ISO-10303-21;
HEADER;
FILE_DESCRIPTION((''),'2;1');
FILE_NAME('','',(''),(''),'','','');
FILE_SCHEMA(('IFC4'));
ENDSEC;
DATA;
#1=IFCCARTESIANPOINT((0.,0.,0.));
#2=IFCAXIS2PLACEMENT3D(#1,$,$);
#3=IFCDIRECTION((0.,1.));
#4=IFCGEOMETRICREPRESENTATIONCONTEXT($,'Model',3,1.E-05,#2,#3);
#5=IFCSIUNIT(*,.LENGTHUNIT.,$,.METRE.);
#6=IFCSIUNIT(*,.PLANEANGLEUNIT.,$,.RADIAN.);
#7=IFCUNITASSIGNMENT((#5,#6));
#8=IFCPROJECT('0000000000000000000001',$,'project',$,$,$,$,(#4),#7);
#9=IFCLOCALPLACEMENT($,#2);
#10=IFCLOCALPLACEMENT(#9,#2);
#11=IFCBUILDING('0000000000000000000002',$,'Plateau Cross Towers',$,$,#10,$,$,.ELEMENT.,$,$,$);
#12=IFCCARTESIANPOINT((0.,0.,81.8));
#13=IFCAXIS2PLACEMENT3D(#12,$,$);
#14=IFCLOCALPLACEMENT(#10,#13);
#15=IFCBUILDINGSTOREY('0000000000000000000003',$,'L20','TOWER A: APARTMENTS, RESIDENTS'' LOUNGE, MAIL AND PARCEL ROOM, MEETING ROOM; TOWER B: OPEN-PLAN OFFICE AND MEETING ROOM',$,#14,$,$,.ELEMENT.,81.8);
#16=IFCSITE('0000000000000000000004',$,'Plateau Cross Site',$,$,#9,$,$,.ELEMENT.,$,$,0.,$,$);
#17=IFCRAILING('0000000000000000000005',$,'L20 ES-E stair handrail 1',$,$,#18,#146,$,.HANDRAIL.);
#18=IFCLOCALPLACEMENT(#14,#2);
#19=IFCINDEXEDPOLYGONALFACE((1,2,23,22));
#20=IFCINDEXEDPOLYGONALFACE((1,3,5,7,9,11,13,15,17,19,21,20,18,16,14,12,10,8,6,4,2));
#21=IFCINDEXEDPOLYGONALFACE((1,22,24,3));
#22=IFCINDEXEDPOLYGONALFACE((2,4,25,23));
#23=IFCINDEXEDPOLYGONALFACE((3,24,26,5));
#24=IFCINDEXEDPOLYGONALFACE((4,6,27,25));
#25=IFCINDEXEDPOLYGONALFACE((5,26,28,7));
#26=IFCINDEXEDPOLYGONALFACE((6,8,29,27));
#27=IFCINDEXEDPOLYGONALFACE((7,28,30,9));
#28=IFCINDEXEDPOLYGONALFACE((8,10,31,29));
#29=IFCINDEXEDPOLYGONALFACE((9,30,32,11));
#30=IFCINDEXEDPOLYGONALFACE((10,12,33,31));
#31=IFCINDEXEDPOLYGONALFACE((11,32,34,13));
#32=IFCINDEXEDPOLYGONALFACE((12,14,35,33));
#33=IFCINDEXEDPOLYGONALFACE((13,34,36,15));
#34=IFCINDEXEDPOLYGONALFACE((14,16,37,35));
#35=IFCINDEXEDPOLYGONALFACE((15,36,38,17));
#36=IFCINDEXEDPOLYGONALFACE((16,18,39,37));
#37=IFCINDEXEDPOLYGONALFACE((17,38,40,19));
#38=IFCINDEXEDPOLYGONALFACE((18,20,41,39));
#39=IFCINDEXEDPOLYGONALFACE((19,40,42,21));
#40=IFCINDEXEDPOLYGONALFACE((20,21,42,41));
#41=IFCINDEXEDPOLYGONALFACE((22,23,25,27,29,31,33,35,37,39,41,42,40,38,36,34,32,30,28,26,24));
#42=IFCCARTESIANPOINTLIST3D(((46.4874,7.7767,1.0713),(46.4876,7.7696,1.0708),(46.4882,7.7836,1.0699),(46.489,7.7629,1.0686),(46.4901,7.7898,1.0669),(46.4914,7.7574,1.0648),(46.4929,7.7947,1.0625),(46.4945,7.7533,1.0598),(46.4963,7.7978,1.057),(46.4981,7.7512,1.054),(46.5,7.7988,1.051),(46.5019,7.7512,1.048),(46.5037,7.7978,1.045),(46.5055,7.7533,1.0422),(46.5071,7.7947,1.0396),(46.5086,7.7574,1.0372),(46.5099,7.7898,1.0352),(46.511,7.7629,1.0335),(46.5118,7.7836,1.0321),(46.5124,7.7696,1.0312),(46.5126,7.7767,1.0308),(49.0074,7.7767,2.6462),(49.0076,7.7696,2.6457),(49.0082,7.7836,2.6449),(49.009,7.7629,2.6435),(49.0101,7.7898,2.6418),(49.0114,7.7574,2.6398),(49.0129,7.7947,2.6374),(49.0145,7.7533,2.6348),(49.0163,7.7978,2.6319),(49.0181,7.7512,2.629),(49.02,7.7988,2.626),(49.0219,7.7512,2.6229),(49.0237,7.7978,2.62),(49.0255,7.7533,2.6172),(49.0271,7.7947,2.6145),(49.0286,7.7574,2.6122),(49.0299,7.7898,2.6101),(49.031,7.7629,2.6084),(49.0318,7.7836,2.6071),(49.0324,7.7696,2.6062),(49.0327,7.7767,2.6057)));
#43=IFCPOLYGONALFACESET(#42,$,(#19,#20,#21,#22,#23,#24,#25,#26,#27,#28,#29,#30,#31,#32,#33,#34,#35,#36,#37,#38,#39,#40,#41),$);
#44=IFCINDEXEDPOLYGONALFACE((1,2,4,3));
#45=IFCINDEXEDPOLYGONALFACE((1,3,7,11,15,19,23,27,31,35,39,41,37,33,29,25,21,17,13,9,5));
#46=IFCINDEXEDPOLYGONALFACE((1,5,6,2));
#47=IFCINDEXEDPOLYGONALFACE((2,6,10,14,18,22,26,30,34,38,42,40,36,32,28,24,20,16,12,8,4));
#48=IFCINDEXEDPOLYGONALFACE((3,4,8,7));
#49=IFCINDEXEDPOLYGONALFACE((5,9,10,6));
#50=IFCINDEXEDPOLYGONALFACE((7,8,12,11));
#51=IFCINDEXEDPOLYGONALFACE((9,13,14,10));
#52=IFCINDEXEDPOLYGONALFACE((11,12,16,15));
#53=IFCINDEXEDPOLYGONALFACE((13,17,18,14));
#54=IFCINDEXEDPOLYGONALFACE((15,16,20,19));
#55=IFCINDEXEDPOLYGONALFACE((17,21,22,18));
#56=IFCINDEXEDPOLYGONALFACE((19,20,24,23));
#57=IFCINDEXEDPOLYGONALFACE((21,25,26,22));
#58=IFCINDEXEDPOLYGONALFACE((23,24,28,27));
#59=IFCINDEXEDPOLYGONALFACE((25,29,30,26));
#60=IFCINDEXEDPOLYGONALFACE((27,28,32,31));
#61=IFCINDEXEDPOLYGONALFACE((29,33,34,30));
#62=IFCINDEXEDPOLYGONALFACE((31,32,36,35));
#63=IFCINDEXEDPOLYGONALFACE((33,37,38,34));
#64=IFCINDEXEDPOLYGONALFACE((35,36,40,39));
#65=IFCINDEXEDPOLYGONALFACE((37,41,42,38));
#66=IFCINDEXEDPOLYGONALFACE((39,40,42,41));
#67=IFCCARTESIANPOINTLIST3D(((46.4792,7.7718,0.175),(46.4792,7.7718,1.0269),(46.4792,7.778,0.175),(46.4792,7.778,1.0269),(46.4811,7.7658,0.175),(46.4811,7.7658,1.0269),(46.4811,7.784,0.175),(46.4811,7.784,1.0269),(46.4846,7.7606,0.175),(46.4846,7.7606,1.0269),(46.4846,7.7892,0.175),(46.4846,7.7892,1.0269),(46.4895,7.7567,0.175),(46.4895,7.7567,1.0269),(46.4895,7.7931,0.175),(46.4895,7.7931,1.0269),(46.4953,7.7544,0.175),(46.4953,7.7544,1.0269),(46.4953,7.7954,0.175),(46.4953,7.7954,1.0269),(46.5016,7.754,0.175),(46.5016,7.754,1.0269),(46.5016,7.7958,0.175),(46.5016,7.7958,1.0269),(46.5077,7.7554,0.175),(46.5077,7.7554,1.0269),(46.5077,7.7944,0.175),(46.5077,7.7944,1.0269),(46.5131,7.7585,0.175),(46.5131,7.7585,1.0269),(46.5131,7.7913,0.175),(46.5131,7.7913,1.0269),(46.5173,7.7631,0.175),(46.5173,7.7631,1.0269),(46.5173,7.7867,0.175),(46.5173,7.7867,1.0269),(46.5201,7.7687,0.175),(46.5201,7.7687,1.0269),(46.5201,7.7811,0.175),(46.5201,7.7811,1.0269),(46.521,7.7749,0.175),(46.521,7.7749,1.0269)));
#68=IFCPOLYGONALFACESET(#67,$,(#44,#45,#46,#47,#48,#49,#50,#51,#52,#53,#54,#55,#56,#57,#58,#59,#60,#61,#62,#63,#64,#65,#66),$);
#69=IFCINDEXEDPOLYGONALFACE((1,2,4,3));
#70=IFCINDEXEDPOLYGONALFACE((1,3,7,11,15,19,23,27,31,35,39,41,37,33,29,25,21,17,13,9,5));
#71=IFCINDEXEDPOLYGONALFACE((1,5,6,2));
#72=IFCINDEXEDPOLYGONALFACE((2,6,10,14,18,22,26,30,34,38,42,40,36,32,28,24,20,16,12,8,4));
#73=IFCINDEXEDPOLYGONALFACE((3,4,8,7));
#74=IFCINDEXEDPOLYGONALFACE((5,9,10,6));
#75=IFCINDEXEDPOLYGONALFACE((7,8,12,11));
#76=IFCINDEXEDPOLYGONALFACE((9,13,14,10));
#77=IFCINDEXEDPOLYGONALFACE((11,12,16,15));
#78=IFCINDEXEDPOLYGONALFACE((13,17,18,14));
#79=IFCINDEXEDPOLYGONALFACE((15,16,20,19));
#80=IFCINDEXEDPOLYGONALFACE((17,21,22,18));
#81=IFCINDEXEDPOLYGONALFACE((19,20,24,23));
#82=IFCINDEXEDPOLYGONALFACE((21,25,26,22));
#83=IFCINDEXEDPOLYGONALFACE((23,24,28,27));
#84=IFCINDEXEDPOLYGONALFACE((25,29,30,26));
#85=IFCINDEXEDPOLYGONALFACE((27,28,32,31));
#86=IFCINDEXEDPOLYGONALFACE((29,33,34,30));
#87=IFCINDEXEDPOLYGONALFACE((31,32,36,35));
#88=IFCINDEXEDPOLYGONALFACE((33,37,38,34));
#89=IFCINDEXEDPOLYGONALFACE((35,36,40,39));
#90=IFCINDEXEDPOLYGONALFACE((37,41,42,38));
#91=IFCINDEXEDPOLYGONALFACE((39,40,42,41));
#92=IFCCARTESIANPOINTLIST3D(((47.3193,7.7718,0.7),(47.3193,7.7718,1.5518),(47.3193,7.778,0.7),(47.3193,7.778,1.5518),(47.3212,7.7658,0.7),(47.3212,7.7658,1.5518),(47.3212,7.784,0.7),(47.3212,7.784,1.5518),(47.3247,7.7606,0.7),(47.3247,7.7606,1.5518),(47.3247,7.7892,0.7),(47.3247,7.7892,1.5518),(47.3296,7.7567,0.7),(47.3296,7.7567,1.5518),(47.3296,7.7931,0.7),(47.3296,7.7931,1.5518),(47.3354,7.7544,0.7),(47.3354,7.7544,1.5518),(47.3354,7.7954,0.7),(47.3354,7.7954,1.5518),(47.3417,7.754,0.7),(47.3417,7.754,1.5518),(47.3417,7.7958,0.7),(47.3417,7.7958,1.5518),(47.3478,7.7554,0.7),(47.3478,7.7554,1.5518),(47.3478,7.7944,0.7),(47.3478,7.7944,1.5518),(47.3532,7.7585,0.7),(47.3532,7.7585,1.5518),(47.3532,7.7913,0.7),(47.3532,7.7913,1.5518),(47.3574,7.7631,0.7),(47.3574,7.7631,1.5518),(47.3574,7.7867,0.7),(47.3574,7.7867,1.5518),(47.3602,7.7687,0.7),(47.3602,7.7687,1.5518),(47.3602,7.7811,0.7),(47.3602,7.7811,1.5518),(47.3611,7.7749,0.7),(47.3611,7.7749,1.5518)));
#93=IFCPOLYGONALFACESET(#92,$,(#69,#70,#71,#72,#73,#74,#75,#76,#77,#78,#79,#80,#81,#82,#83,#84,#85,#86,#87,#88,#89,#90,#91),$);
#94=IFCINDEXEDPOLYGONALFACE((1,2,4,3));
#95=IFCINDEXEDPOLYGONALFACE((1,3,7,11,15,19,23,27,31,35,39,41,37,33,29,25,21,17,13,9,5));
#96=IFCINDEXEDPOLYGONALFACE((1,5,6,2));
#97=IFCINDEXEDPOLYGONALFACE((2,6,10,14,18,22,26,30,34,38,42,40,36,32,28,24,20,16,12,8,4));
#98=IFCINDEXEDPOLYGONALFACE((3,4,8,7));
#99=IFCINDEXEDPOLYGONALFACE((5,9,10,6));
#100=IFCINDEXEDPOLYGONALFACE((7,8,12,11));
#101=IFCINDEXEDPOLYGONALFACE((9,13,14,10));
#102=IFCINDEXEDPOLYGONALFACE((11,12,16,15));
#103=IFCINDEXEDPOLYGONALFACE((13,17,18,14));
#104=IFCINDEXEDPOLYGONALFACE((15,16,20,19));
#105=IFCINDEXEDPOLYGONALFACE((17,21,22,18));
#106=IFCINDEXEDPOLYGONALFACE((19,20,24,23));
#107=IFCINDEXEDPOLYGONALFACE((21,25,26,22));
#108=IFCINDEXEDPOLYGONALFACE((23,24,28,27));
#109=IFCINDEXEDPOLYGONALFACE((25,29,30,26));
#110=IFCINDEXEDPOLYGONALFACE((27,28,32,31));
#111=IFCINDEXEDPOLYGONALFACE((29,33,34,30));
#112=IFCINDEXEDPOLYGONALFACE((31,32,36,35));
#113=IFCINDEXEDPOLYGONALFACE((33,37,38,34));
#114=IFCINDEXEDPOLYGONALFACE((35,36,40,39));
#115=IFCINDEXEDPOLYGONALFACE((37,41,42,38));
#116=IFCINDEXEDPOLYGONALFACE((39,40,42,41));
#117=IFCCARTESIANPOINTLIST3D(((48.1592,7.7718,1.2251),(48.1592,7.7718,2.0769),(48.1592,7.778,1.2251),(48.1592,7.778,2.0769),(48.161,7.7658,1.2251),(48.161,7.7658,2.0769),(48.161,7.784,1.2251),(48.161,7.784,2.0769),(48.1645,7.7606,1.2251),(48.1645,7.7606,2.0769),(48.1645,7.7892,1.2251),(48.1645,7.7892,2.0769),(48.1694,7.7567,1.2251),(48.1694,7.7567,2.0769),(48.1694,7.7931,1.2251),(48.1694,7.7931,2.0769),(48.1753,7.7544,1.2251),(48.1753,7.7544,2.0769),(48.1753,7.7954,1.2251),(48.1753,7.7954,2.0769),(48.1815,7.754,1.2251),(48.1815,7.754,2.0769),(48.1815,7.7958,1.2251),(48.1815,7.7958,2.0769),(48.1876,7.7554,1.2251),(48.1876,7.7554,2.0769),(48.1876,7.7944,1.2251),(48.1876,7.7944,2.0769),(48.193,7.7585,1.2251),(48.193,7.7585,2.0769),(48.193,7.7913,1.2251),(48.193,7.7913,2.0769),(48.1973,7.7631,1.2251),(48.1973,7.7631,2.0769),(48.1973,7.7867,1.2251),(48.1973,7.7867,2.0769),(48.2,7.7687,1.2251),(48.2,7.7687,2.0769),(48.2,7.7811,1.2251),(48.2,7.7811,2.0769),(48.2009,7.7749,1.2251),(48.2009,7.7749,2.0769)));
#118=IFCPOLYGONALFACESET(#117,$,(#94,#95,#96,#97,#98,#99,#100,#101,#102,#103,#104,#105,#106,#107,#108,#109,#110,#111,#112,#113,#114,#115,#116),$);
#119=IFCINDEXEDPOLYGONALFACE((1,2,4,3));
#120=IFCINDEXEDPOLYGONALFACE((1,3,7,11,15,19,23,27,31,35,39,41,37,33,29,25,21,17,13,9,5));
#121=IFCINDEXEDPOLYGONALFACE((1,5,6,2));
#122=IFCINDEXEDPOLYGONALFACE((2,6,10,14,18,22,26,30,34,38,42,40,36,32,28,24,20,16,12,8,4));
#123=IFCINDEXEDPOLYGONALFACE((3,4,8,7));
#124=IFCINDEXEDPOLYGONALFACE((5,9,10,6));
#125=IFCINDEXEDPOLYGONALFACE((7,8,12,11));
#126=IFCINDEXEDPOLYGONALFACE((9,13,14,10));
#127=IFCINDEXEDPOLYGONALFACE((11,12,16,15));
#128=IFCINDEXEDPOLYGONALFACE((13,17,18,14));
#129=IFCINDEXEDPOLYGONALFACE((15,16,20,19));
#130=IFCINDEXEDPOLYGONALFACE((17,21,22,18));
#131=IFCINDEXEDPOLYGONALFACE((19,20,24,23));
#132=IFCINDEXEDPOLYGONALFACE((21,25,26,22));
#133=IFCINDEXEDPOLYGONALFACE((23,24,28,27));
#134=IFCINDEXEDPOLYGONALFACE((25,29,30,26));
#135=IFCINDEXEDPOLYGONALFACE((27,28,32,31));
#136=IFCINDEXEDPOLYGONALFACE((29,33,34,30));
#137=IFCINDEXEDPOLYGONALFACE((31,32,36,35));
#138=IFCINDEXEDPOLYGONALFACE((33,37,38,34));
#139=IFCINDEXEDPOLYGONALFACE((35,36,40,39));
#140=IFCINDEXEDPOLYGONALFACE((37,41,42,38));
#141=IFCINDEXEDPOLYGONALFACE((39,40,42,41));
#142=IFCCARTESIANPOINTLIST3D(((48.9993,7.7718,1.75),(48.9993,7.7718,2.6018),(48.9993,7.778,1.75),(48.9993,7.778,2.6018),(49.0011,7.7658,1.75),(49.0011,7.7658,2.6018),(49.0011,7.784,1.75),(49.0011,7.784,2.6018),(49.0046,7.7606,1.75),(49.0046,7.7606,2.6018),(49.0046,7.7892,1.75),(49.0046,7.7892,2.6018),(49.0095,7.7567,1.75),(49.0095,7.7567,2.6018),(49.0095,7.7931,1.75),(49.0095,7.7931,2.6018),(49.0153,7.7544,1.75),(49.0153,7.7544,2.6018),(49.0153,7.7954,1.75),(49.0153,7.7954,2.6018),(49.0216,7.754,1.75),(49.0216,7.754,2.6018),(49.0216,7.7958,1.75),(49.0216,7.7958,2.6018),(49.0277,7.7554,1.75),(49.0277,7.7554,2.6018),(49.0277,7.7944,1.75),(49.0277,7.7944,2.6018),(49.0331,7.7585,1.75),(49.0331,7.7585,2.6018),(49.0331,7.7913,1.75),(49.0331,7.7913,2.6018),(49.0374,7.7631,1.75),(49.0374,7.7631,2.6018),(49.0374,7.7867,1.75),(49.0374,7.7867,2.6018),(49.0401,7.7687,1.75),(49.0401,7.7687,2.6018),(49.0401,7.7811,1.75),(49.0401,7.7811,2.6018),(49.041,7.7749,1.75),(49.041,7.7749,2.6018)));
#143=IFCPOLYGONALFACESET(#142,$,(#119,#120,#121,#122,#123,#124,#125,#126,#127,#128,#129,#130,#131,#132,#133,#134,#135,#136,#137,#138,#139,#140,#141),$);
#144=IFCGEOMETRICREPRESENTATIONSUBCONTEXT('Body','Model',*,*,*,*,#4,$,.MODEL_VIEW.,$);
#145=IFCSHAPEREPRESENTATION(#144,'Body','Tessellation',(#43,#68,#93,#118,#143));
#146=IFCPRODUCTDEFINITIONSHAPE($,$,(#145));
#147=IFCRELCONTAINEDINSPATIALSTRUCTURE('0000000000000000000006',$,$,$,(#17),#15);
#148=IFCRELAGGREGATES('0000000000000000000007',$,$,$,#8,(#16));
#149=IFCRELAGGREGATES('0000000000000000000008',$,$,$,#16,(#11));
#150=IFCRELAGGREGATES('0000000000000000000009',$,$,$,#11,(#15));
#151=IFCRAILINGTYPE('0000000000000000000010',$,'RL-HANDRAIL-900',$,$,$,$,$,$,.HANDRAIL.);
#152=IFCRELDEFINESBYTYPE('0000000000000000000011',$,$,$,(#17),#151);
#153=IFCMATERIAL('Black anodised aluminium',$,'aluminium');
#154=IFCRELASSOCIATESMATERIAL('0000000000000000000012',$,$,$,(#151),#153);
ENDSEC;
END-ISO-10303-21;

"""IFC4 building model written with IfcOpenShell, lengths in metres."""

from ifc_helpers import new_model, si_unit, direction, frame, origin, origin_2d, place, context, subcontext, project, spatial, circle, extrude, material, type_object, element, save


model = new_model("IFC4")

# Units and contexts
model_context = context("Model", 3, precision=1e-05, world=origin(), true_north=direction((0.0, 1.0)))
body_context = subcontext(model_context, "Body", "Model", "MODEL_VIEW")
ifc_project = project(units=[si_unit("LENGTHUNIT", "METRE"), si_unit("PLANEANGLEUNIT", "RADIAN")], contexts=[model_context])

# Site, building, storey
site_placement = place(None, origin())
site = spatial("IfcSite", under=ifc_project, at=site_placement, Name="Plateau Cross Site", CompositionType="ELEMENT", RefElevation=0.0)
building_placement = place(site_placement, origin())
building = spatial("IfcBuilding", under=site, at=building_placement, Name="Plateau Cross Towers", CompositionType="ELEMENT")
storey_placement = place(building_placement, frame((0.0, 0.0, 81.8)))
storey = spatial("IfcBuildingStorey", under=building, at=storey_placement, Name="L20", Description="TOWER A: APARTMENTS, RESIDENTS' LOUNGE, MAIL AND PARCEL ROOM, MEETING ROOM; TOWER B: OPEN-PLAN OFFICE AND MEETING ROOM", CompositionType="ELEMENT", Elevation=81.8)

# Shared definitions
ifc_material_1 = material(Name="Black anodised aluminium", Category="aluminium")

# Railing
railing_type_1 = type_object("IfcRailingType", Name="RL-HANDRAIL-900", PredefinedType="HANDRAIL", material=ifc_material_1)
railing_placement = place(storey_placement, frame((46.5, 7.7749, 0.175)))
element("IfcRailing", 1, at=railing_placement, inside=storey, type_object=railing_type_1, Name="L20 ES-E stair handrail 1", PredefinedType="HANDRAIL", context=body_context, shape_type="SweptSolid", body=[
    extrude(circle(Radius=0.0239, at=origin_2d()), frame((0.0, 0.0, 0.876), z_axis=(0.848008, 0.0, 0.529984), x_axis=(0.0, 1.0, 0.0)), (0.0, 0.0, 1.0), 2.9717),
    extrude(circle(Radius=0.021, at=origin_2d()), origin(), (0.0, 0.0, 1.0), 0.8518),
    extrude(circle(Radius=0.021, at=origin_2d()), frame((0.8401, 0.0, 0.5249)), (0.0, 0.0, 1.0), 0.8518),
    extrude(circle(Radius=0.021, at=origin_2d()), frame((1.6799, 0.0, 1.05)), (0.0, 0.0, 1.0), 0.8518),
    extrude(circle(Radius=0.021, at=origin_2d()), frame((2.52, 0.0, 1.575)), (0.0, 0.0, 1.0), 0.8518),
])

save(model, "model.ifc")
